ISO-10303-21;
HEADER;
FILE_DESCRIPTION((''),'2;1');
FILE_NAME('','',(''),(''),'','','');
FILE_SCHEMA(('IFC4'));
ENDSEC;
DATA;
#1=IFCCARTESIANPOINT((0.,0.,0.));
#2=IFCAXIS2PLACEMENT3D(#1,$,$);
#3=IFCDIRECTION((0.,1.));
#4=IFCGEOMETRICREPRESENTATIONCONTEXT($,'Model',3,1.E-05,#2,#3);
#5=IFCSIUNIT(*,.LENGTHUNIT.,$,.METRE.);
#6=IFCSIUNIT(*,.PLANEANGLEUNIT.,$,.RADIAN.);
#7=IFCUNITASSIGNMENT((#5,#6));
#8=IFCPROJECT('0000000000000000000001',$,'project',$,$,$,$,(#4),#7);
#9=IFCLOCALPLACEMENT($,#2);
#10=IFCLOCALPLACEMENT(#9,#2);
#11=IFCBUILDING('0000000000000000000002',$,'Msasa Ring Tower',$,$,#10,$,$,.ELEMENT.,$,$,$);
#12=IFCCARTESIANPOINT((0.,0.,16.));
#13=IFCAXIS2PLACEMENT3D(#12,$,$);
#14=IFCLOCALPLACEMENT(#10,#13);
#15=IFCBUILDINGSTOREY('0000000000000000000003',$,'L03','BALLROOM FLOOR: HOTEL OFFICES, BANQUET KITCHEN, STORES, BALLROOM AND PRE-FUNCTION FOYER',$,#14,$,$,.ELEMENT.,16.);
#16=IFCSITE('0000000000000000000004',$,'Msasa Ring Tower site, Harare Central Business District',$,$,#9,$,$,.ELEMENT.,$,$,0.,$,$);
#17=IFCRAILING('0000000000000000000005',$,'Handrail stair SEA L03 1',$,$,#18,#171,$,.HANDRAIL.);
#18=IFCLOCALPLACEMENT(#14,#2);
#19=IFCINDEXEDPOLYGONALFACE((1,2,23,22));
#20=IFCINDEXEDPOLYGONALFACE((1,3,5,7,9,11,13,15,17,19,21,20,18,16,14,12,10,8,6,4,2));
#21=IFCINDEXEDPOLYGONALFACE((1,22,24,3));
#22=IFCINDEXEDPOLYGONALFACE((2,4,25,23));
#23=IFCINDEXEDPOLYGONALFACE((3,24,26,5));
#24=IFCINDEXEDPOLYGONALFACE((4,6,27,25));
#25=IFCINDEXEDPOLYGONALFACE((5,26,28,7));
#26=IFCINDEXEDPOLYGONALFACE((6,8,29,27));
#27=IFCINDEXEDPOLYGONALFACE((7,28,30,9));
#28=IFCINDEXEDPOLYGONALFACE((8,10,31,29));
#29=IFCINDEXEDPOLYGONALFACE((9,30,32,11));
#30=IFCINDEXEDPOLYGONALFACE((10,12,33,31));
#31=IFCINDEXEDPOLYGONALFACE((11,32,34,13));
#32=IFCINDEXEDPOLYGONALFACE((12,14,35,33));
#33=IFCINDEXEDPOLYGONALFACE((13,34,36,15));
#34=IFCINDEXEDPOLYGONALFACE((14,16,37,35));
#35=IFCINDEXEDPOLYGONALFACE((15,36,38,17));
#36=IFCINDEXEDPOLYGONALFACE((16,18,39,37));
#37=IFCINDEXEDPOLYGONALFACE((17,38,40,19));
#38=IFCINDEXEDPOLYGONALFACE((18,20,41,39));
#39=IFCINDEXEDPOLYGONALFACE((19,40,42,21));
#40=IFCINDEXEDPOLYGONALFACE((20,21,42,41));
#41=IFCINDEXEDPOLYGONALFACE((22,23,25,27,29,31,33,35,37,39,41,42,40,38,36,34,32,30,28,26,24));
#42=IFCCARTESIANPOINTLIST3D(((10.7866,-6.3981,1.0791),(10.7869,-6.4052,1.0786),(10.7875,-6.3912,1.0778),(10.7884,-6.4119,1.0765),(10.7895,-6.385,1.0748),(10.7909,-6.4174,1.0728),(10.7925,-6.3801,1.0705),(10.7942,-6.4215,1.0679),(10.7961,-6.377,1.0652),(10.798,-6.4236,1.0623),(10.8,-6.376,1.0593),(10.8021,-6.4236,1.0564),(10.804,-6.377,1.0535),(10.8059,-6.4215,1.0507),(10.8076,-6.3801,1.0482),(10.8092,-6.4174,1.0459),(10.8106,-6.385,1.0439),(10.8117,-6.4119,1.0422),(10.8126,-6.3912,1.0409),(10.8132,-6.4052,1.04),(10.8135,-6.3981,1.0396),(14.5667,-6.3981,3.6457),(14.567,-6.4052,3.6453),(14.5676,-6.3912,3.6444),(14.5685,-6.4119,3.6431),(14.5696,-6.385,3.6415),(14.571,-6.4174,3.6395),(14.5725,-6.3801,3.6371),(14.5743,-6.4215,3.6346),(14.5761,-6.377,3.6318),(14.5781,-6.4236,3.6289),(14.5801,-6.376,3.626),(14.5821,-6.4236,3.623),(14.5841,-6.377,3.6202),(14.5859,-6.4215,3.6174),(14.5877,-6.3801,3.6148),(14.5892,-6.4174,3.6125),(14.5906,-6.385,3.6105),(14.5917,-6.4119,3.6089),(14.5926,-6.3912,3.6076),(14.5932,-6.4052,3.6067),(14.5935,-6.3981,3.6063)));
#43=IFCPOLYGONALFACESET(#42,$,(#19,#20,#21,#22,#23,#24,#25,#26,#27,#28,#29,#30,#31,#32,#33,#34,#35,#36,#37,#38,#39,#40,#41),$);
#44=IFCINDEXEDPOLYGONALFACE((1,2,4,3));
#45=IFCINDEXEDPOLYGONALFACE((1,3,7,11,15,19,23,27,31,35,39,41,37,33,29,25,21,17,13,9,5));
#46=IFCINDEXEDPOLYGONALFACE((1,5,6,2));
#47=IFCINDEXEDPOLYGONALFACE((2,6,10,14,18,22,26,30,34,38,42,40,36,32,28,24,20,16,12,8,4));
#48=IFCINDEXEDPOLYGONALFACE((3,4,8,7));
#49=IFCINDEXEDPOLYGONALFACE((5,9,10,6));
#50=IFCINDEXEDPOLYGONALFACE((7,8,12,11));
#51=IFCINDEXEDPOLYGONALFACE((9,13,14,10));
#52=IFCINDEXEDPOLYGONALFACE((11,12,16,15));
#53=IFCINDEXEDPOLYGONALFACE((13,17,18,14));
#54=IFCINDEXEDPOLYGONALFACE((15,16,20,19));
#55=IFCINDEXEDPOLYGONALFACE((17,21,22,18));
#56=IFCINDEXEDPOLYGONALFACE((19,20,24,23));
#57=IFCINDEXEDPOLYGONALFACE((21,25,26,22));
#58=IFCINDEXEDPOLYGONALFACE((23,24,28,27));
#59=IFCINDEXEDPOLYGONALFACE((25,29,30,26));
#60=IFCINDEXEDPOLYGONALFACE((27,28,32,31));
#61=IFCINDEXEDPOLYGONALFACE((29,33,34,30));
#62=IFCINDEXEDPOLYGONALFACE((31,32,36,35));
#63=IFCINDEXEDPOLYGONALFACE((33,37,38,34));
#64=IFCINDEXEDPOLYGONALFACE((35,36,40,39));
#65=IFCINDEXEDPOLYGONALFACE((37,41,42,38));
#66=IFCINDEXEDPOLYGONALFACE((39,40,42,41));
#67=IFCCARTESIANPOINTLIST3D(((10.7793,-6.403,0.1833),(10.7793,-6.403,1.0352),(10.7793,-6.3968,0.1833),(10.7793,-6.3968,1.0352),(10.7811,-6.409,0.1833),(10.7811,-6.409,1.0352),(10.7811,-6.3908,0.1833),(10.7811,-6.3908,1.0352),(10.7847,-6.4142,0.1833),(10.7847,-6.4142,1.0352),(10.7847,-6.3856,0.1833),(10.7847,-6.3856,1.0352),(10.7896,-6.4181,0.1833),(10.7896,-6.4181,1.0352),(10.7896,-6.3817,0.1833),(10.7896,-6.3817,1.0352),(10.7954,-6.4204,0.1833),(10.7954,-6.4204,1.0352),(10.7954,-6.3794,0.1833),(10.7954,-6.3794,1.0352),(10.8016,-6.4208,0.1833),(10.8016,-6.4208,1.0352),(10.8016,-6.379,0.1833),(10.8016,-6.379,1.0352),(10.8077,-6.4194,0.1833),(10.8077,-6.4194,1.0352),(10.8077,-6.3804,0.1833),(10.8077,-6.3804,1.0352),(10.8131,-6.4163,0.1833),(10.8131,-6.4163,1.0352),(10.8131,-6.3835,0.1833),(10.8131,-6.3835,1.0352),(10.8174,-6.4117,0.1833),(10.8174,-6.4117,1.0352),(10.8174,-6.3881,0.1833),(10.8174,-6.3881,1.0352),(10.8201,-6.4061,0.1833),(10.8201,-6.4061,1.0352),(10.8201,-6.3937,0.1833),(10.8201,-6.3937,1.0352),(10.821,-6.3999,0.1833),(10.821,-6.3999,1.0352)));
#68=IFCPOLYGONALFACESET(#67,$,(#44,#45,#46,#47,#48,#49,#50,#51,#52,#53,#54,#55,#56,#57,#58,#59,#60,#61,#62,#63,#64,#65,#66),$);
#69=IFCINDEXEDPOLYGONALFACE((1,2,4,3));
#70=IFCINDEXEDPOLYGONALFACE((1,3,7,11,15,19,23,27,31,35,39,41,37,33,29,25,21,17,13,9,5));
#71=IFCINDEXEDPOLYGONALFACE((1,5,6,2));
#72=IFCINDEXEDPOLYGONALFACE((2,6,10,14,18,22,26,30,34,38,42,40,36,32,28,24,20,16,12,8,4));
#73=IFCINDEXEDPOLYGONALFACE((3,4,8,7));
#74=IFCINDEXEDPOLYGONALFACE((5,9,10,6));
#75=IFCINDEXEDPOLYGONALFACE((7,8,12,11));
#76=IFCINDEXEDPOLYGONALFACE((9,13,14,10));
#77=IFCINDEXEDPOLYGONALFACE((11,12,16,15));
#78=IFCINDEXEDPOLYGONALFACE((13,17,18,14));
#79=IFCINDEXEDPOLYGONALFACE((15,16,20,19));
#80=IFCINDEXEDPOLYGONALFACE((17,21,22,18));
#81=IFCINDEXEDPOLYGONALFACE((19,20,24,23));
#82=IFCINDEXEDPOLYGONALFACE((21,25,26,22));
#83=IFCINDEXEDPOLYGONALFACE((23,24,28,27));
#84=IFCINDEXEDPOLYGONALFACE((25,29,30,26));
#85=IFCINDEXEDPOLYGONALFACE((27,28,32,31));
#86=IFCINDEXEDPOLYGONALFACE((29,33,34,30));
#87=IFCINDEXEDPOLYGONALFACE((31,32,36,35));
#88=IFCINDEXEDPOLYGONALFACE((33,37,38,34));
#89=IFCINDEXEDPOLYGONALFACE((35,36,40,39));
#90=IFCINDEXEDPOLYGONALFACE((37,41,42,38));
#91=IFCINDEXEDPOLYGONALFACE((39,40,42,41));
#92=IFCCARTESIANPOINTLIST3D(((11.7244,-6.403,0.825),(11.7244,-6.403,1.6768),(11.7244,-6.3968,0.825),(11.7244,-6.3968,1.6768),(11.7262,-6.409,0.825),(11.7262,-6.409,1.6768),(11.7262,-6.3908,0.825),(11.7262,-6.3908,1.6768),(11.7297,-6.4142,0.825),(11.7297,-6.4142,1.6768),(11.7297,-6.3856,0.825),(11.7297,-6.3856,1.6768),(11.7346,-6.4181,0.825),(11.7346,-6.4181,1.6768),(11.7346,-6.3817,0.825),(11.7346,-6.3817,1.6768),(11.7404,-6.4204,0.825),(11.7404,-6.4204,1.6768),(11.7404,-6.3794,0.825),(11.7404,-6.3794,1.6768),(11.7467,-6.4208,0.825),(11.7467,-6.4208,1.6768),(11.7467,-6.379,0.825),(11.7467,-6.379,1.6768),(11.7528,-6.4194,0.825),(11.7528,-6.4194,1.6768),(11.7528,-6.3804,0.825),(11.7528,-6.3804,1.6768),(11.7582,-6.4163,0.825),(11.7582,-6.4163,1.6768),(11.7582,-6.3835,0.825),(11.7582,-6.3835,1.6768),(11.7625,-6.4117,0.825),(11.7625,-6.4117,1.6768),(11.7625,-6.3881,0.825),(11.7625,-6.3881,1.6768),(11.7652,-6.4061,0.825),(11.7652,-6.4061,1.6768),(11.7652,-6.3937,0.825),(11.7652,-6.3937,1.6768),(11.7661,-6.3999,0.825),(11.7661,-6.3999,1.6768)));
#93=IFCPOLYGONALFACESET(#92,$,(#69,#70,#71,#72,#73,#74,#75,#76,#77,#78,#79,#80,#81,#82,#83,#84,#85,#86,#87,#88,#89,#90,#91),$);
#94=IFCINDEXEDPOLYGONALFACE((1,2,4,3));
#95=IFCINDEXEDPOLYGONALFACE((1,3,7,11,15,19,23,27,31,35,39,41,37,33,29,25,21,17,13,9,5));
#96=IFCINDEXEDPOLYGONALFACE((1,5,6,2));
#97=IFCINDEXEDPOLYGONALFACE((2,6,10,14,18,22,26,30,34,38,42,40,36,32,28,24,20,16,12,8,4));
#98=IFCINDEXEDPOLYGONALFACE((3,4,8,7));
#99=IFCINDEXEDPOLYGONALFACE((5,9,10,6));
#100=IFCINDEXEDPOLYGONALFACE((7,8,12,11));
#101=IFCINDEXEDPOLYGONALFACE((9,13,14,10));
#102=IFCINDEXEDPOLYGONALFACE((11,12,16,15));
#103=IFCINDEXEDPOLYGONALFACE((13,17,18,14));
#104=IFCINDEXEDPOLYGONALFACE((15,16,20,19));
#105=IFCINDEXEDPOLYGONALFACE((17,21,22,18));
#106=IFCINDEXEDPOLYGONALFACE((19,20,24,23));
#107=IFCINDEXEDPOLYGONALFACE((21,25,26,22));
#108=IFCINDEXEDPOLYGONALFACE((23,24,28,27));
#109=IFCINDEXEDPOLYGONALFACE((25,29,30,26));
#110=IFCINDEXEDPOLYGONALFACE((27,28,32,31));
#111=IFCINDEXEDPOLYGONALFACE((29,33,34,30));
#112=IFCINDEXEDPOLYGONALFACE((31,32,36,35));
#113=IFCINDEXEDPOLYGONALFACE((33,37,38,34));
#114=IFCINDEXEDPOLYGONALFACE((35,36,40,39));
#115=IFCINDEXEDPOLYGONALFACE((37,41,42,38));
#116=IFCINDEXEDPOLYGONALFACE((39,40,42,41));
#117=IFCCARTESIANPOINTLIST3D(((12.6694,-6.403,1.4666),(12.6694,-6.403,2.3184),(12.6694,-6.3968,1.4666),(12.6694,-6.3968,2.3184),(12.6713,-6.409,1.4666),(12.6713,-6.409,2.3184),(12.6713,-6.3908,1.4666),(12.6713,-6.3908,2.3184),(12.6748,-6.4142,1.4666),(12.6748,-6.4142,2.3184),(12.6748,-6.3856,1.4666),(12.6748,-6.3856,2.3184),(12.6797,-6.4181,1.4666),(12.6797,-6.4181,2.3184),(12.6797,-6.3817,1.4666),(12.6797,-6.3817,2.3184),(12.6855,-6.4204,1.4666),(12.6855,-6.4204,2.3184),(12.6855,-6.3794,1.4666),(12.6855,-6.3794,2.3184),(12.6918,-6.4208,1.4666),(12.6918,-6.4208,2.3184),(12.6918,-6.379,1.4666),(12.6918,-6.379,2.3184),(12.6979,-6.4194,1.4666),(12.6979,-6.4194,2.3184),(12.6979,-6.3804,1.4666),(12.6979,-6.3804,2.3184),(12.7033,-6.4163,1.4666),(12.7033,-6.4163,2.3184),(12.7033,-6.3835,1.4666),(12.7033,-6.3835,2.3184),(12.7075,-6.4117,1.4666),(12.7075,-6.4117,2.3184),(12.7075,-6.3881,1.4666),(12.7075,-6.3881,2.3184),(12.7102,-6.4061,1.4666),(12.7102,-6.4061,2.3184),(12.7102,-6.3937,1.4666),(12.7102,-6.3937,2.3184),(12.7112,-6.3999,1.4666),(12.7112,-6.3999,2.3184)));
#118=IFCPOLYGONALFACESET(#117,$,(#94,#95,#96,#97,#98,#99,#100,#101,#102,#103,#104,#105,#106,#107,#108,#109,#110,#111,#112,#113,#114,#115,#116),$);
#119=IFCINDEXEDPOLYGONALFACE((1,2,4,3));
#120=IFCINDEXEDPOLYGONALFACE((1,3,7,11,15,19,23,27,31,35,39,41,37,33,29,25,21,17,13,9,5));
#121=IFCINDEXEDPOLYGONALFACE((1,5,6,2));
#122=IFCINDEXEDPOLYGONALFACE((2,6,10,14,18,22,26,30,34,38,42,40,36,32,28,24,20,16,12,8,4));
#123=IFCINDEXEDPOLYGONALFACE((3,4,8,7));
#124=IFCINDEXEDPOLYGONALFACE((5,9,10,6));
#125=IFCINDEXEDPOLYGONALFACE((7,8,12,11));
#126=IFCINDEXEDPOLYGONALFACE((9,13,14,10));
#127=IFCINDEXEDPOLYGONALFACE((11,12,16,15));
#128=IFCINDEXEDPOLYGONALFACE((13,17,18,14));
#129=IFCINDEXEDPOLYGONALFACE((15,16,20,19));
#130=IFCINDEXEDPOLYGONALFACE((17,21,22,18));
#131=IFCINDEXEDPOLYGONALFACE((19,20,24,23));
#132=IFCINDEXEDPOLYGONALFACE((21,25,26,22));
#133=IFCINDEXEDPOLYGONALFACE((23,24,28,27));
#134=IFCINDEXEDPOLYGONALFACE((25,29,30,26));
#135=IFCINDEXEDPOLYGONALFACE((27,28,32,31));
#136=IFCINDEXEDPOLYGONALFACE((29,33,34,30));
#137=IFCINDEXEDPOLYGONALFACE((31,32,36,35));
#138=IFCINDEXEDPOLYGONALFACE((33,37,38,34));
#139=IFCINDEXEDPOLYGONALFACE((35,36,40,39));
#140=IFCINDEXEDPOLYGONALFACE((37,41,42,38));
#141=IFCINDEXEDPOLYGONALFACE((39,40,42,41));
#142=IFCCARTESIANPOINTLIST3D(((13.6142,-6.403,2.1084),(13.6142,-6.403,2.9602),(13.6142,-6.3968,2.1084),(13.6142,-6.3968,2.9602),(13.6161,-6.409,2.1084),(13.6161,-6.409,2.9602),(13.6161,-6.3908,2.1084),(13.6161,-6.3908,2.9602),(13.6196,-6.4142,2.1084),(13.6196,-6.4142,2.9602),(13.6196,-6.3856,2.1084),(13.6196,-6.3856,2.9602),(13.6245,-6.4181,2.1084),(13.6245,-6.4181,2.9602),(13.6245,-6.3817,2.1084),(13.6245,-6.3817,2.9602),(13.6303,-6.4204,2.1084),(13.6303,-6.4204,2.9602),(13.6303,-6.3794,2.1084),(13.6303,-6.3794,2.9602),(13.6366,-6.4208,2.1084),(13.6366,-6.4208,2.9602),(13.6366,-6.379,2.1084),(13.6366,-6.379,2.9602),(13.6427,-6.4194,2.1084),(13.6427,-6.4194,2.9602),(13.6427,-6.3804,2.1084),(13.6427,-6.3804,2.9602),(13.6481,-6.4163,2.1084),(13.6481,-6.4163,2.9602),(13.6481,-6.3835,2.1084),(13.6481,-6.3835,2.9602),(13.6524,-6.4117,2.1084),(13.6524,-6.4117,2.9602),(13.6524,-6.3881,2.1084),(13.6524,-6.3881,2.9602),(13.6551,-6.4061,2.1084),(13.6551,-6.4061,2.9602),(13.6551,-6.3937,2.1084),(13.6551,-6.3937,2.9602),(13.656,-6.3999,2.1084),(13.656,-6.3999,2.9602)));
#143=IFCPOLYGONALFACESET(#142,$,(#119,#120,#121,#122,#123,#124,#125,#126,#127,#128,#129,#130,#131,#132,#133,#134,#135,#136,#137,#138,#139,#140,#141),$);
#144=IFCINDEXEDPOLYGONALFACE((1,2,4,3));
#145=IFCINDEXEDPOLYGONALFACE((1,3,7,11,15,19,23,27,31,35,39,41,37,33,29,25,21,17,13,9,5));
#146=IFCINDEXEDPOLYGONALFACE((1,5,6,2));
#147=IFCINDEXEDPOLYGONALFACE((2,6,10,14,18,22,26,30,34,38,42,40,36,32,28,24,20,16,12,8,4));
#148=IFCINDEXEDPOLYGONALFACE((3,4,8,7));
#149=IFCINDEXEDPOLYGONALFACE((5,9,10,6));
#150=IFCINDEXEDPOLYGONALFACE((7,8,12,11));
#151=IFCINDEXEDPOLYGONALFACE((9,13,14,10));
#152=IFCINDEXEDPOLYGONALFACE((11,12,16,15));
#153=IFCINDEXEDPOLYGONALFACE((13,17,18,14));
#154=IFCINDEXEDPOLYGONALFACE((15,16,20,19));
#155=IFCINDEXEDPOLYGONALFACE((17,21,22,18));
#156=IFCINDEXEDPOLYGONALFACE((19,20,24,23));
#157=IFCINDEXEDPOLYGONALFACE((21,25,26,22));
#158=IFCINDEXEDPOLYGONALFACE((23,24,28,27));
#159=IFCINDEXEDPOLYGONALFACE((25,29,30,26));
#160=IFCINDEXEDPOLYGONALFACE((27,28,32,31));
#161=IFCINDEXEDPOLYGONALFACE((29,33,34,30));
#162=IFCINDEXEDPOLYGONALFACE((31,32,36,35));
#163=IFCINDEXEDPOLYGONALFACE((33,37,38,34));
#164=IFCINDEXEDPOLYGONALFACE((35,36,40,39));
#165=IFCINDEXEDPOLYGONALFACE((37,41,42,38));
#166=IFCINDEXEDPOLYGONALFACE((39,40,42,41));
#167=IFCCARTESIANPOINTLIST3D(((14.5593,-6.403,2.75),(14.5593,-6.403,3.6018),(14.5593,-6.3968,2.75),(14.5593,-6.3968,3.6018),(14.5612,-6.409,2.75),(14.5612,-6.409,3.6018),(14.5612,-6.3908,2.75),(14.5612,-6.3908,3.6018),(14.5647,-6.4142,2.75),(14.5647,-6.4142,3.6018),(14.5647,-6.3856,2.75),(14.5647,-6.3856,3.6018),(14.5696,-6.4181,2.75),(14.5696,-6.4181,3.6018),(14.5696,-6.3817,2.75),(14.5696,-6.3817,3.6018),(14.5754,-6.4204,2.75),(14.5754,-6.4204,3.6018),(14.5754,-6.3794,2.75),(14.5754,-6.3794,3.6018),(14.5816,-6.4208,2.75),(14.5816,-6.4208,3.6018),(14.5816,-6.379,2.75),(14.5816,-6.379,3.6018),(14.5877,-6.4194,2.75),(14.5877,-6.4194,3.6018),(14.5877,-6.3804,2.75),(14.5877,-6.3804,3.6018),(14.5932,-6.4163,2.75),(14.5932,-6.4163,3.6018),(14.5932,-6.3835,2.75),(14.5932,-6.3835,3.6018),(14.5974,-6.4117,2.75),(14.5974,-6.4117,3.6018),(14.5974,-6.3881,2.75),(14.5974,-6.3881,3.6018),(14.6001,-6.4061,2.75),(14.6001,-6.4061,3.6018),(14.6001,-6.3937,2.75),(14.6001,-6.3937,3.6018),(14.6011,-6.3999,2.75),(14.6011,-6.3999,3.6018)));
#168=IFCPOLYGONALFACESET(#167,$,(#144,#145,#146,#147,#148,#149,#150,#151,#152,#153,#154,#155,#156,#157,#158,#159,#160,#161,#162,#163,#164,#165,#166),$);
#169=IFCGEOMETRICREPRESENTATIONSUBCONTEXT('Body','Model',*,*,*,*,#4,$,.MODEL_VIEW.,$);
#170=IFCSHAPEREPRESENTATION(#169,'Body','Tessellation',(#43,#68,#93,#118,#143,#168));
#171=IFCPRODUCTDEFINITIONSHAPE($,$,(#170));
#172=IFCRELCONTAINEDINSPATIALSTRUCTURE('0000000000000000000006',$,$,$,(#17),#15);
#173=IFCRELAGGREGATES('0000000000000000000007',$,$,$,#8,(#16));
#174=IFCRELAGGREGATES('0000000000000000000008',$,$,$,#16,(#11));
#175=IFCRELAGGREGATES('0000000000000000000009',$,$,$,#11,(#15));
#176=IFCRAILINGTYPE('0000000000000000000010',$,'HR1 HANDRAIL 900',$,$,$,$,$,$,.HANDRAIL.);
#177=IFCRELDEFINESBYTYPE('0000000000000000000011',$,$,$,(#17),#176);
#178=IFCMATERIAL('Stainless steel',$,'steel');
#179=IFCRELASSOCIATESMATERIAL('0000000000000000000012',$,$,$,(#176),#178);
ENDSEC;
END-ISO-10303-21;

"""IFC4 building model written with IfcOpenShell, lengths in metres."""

from ifc_helpers import new_model, si_unit, direction, frame, origin, origin_2d, place, context, subcontext, project, spatial, circle, extrude, material, type_object, element, save


model = new_model("IFC4")

# Units and contexts
model_context = context("Model", 3, precision=1e-05, world=origin(), true_north=direction((0.0, 1.0)))
body_context = subcontext(model_context, "Body", "Model", "MODEL_VIEW")
ifc_project = project(units=[si_unit("LENGTHUNIT", "METRE"), si_unit("PLANEANGLEUNIT", "RADIAN")], contexts=[model_context])

# Site, building, storey
site_placement = place(None, origin())
site = spatial("IfcSite", under=ifc_project, at=site_placement, Name="Msasa Ring Tower site, Harare Central Business District", CompositionType="ELEMENT", RefElevation=0.0)
building_placement = place(site_placement, origin())
building = spatial("IfcBuilding", under=site, at=building_placement, Name="Msasa Ring Tower", CompositionType="ELEMENT")
storey_placement = place(building_placement, frame((0.0, 0.0, 16.0)))
storey = spatial("IfcBuildingStorey", under=building, at=storey_placement, Name="L03", Description="BALLROOM FLOOR: HOTEL OFFICES, BANQUET KITCHEN, STORES, BALLROOM AND PRE-FUNCTION FOYER", CompositionType="ELEMENT", Elevation=16.0)

# Railing
ifc_material_1 = material(Name="Stainless steel", Category="steel")
railing_type = type_object("IfcRailingType", Name="HR1 HANDRAIL 900", PredefinedType="HANDRAIL", material=ifc_material_1)
for number, where, name in (
    (1, (10.8, -6.3999, 0.1833), "Handrail stair SEA L03 1"),
):
    element("IfcRailing", number, at=place(storey_placement, frame(where)), inside=storey, type_object=railing_type, Name=name, PredefinedType="HANDRAIL", context=body_context, shape_type="SweptSolid", body=[
        extrude(circle(Radius=0.0239, at=origin_2d()), frame((0.0, 0.0, 0.876), z_axis=(0.82731, 0.0, 0.561746), x_axis=(0.0, 1.0, 0.0)), (0.0, 0.0, 1.0), 4.5691),
        extrude(circle(Radius=0.021, at=origin_2d()), origin(), (0.0, 0.0, 1.0), 0.8518),
        extrude(circle(Radius=0.021, at=origin_2d()), frame((0.9451, 0.0, 0.6416)), (0.0, 0.0, 1.0), 0.8518),
        extrude(circle(Radius=0.021, at=origin_2d()), frame((1.8901, 0.0, 1.2832)), (0.0, 0.0, 1.0), 0.8518),
        extrude(circle(Radius=0.021, at=origin_2d()), frame((2.835, 0.0, 1.925)), (0.0, 0.0, 1.0), 0.8518),
        extrude(circle(Radius=0.021, at=origin_2d()), frame((3.78, 0.0, 2.5667)), (0.0, 0.0, 1.0), 0.8518),
    ])

save(model, "model.ifc")
